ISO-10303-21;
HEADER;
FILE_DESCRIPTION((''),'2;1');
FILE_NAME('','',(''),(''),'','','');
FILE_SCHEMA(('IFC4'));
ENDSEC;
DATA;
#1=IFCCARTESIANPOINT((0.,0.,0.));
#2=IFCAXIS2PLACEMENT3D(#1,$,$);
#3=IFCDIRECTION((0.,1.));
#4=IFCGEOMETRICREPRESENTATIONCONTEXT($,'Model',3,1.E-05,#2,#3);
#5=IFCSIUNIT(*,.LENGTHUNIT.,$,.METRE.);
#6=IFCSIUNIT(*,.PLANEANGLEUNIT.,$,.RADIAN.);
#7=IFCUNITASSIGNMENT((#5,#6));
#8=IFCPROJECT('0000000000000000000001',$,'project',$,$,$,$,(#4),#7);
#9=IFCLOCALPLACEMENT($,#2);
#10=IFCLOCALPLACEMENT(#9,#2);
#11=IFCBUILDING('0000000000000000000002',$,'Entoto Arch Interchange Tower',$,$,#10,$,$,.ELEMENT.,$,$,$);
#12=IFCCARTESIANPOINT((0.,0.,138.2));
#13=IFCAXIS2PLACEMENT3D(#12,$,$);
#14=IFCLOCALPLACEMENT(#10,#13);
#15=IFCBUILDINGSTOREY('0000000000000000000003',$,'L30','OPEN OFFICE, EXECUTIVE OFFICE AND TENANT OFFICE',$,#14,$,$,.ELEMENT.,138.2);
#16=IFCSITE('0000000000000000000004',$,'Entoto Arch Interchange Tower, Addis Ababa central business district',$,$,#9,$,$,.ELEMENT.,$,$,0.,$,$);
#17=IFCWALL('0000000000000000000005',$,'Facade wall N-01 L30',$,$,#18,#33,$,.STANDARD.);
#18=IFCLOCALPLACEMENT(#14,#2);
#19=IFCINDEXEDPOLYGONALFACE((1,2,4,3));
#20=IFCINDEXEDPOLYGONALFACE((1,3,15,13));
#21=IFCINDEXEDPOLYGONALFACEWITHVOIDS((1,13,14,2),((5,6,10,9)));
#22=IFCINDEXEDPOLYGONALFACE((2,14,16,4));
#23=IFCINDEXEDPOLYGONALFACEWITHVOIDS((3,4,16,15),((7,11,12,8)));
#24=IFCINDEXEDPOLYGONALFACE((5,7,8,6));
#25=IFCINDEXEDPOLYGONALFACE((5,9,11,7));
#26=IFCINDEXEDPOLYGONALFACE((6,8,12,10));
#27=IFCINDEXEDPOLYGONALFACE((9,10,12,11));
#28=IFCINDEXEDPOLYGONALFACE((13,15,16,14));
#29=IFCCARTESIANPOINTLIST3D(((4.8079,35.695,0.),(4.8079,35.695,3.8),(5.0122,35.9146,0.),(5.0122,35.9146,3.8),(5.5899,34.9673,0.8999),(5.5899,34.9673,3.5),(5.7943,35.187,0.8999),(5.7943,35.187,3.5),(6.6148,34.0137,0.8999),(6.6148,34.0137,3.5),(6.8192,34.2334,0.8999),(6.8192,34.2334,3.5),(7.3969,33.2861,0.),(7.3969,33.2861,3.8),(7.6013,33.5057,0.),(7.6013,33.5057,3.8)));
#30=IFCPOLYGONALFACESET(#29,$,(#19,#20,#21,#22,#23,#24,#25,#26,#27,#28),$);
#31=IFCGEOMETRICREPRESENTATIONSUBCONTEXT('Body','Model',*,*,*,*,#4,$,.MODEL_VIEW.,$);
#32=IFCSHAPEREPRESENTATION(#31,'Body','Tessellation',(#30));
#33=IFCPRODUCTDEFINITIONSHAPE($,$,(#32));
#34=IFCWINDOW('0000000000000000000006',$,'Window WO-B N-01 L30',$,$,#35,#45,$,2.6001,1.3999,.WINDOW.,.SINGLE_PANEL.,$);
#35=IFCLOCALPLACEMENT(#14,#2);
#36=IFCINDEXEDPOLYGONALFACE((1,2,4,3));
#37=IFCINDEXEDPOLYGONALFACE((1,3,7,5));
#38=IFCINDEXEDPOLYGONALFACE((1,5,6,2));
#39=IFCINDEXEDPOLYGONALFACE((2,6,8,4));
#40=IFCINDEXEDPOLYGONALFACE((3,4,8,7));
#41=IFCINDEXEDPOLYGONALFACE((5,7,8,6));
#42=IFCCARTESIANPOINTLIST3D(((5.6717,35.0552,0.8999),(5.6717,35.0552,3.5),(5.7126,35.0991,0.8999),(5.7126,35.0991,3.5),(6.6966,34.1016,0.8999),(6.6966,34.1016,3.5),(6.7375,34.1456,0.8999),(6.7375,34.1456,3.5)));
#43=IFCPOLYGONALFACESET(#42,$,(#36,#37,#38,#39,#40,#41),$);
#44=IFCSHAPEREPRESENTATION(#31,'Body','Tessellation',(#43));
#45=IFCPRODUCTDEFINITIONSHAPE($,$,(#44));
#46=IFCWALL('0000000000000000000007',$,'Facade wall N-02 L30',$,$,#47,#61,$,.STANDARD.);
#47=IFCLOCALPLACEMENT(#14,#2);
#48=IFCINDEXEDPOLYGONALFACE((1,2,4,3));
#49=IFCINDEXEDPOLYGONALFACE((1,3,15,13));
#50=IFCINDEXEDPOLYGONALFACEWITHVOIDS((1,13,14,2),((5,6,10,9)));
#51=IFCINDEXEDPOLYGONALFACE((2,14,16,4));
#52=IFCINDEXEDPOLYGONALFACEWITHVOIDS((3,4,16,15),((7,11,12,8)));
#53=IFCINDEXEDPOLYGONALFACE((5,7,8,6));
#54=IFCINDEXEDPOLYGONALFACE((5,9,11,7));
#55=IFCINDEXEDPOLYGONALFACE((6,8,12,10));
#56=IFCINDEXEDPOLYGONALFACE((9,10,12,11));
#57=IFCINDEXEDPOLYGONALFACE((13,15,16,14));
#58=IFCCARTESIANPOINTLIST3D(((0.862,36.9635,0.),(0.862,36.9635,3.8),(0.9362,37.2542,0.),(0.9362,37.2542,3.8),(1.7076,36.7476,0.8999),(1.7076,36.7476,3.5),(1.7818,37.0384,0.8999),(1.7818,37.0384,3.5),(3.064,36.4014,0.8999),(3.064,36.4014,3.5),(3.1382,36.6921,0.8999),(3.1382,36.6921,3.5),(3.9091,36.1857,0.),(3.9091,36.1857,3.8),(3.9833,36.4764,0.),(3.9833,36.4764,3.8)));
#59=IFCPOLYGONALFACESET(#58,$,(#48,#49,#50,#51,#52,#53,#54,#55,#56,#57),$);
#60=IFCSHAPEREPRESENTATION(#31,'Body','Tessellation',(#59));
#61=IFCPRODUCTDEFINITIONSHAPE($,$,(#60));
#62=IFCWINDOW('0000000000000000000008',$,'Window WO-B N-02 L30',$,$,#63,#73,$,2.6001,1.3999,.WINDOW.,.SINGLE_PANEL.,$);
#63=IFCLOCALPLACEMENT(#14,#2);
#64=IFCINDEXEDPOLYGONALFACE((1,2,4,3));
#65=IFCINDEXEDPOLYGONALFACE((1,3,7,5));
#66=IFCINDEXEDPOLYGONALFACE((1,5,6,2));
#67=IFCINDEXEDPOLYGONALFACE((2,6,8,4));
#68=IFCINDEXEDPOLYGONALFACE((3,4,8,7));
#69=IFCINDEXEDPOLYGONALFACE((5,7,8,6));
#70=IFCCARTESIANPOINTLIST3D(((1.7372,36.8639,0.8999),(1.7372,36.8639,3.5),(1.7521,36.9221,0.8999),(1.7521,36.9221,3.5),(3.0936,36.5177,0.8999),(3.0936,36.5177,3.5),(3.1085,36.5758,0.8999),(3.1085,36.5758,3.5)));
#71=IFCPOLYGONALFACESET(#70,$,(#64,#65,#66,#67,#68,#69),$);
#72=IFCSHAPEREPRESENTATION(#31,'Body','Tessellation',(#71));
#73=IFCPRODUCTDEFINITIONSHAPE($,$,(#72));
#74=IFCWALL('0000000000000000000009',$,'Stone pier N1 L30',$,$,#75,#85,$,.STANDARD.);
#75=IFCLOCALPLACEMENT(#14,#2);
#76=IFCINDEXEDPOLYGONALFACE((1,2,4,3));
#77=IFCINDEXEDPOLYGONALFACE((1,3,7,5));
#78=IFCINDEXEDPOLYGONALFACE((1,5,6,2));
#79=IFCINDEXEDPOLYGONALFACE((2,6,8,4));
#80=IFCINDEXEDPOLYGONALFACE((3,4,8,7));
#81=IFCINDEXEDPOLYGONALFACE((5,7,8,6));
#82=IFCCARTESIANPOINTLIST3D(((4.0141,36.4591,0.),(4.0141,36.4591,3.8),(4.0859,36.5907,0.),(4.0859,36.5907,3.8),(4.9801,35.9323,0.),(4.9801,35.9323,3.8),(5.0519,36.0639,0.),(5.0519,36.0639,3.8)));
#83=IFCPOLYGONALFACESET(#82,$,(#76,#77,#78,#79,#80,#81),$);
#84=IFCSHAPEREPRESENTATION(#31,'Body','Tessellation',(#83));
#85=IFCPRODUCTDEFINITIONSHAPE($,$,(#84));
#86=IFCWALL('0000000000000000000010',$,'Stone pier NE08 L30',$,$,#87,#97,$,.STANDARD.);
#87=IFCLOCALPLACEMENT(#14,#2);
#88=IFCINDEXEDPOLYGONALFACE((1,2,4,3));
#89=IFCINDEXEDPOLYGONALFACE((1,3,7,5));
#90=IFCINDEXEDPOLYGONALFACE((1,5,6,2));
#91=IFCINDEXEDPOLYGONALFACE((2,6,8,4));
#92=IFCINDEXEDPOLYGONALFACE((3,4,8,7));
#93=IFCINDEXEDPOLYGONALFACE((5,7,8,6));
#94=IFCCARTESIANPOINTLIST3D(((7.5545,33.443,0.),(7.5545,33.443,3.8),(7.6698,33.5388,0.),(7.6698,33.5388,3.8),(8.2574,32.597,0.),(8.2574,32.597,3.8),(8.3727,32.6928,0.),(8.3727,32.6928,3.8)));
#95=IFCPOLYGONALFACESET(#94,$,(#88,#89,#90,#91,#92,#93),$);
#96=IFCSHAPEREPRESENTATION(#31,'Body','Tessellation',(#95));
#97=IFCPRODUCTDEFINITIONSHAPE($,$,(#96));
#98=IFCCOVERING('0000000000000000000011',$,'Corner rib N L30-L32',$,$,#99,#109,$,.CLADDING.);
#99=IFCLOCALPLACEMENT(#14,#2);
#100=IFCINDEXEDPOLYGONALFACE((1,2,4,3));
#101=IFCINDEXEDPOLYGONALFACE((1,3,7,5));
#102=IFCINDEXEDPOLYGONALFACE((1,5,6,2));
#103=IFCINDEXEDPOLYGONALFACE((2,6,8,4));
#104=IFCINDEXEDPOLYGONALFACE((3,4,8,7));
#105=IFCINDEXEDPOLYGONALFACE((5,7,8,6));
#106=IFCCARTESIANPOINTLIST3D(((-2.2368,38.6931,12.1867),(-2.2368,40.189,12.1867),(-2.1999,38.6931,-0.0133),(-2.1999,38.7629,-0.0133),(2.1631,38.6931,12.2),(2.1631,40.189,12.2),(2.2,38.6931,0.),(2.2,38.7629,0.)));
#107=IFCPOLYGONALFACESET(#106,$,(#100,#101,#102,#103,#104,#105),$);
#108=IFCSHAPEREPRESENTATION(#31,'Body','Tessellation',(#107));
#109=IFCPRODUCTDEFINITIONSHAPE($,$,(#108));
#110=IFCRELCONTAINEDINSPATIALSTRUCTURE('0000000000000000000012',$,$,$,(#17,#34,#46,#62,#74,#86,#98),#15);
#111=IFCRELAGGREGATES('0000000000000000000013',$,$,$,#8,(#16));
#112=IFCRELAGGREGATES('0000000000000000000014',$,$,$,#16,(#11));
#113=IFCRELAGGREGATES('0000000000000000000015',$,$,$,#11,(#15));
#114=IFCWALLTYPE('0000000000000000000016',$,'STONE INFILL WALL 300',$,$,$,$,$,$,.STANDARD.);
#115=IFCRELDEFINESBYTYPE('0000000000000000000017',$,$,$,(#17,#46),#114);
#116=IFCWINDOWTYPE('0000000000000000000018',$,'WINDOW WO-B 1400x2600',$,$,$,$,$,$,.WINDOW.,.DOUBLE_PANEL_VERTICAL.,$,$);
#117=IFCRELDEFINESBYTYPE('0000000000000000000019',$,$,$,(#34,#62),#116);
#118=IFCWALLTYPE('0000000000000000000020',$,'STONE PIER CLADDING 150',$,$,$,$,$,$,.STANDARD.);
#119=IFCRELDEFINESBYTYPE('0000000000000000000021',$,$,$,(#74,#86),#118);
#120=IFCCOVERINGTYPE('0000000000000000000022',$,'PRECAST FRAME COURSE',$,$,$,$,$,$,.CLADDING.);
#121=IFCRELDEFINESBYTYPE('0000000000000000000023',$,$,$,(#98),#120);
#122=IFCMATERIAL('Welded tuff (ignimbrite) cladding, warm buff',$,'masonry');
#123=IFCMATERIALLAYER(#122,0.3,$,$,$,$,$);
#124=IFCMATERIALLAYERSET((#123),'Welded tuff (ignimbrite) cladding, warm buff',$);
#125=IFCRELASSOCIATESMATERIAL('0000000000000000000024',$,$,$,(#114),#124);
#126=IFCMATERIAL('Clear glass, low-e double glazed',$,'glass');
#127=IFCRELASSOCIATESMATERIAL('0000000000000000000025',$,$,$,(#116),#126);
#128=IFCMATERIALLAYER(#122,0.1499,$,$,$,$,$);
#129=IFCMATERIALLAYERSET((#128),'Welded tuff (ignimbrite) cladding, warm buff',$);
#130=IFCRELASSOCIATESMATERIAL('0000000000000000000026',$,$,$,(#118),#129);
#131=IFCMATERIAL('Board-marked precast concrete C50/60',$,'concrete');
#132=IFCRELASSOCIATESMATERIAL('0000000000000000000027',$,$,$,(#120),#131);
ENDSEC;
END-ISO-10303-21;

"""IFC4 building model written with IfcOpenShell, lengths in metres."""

from ifc_helpers import new_model, si_unit, direction, frame, frame_2d, origin, place, context, subcontext, project, spatial, polyline, rectangle, outline, extrude, material, layer, layer_set, type_object, element, fill, save


model = new_model("IFC4")

# Units and contexts
model_context = context("Model", 3, precision=1e-05, world=origin(), true_north=direction((0.0, 1.0)))
body_context = subcontext(model_context, "Body", "Model", "MODEL_VIEW")
ifc_project = project(units=[si_unit("LENGTHUNIT", "METRE"), si_unit("PLANEANGLEUNIT", "RADIAN")], contexts=[model_context])

# Site, building, storey
site_placement = place(None, origin())
site = spatial("IfcSite", under=ifc_project, at=site_placement, Name="Entoto Arch Interchange Tower, Addis Ababa central business district", CompositionType="ELEMENT", RefElevation=0.0)
building_placement = place(site_placement, origin())
building = spatial("IfcBuilding", under=site, at=building_placement, Name="Entoto Arch Interchange Tower", CompositionType="ELEMENT")
storey_placement = place(building_placement, frame((0.0, 0.0, 138.2)))
storey = spatial("IfcBuildingStorey", under=building, at=storey_placement, Name="L30", Description="OPEN OFFICE, EXECUTIVE OFFICE AND TENANT OFFICE", CompositionType="ELEMENT", Elevation=138.2)

# Shared definitions
ifc_material_1 = material(Name="Board-marked precast concrete C50/60", Category="concrete")

# Shared definitions
ifc_material_2 = material(Name="Welded tuff (ignimbrite) cladding, warm buff", Category="masonry")
ifc_layer_1 = layer(ifc_material_2, 0.3)
ifc_layer_set_1 = layer_set([ifc_layer_1], Name="Welded tuff (ignimbrite) cladding, warm buff")
wall_type_1 = type_object("IfcWallType", Name="STONE INFILL WALL 300", PredefinedType="STANDARD", material=ifc_layer_set_1)
ifc_material_3 = material(Name="Clear glass, low-e double glazed", Category="glass")

# Walls, openings, windows
wall_1_placement = place(storey_placement, frame((7.499, 33.396, 0.0), z_axis=(0.0, 0.0, 1.0), x_axis=(-0.732122, 0.681174, 0.0)))
wall_1 = element("IfcWall", 1, at=wall_1_placement, inside=storey, type_object=wall_type_1, Name="Facade wall N-01 L30", PredefinedType="STANDARD", context=body_context, shape_type="SweptSolid", body=[
    extrude(rectangle(XDim=3.5364, YDim=0.3, at=frame_2d((1.7681, 0.0))), origin(), (0.0, 0.0, 1.0), 3.8),
])
opening_1_placement = place(wall_1_placement, frame((1.0681, 0.0, 0.8999)))
opening_1 = element("IfcOpeningElement", 2, at=opening_1_placement, cuts=wall_1, PredefinedType="OPENING", context=body_context, shape_type="SweptSolid", body=[
    extrude(rectangle(XDim=1.3999, YDim=2.6001, at=frame_2d((0.7, 1.3))), frame((0.0, 0.1602, 0.0), z_axis=(0.0, -1.0, 0.0), x_axis=(1.0, 0.0, 0.0)), (0.0, 0.0, 1.0), 0.3201),
])
window_type_1 = type_object("IfcWindowType", Name="WINDOW WO-B 1400x2600", PartitioningType="DOUBLE_PANEL_VERTICAL", PredefinedType="WINDOW", material=ifc_material_3)
window_1_placement = place(opening_1_placement, origin())
window_1 = element("IfcWindow", 3, at=window_1_placement, inside=storey, type_object=window_type_1, Name="Window WO-B N-01 L30", OverallHeight=2.6001, OverallWidth=1.3999, PartitioningType="SINGLE_PANEL", PredefinedType="WINDOW", context=body_context, shape_type="SweptSolid", body=[
    extrude(rectangle(XDim=1.3999, YDim=2.6001, at=frame_2d((0.7, 1.3))), frame((0.0, 0.03, 0.0), z_axis=(0.0, -1.0, 0.0), x_axis=(1.0, 0.0, 0.0)), (0.0, 0.0, 1.0), 0.0601),
])
fill(opening_1, window_1)
wall_2_placement = place(storey_placement, frame((3.946, 36.3311, 0.0), z_axis=(0.0, 0.0, 1.0), x_axis=(-0.96893, 0.247337, 0.0)))
wall_2 = element("IfcWall", 4, at=wall_2_placement, inside=storey, type_object=wall_type_1, Name="Facade wall N-02 L30", PredefinedType="STANDARD", context=body_context, shape_type="SweptSolid", body=[
    extrude(rectangle(XDim=3.1448, YDim=0.3, at=frame_2d((1.5723, 0.0))), origin(), (0.0, 0.0, 1.0), 3.8),
])
opening_2_placement = place(wall_2_placement, frame((0.8721, 0.0, 0.8999)))
opening_2 = element("IfcOpeningElement", 5, at=opening_2_placement, cuts=wall_2, PredefinedType="OPENING", context=body_context, shape_type="SweptSolid", body=[
    extrude(rectangle(XDim=1.3999, YDim=2.6001, at=frame_2d((0.7, 1.3))), frame((0.0, 0.1602, 0.0), z_axis=(0.0, -1.0, 0.0), x_axis=(1.0, 0.0, 0.0)), (0.0, 0.0, 1.0), 0.3201),
])
window_2_placement = place(opening_2_placement, origin())
window_2 = element("IfcWindow", 6, at=window_2_placement, inside=storey, type_object=window_type_1, Name="Window WO-B N-02 L30", OverallHeight=2.6001, OverallWidth=1.3999, PartitioningType="SINGLE_PANEL", PredefinedType="WINDOW", context=body_context, shape_type="SweptSolid", body=[
    extrude(rectangle(XDim=1.3999, YDim=2.6001, at=frame_2d((0.7, 1.3))), frame((0.0, 0.03, 0.0), z_axis=(0.0, -1.0, 0.0), x_axis=(1.0, 0.0, 0.0)), (0.0, 0.0, 1.0), 0.0601),
])
fill(opening_2, window_2)

# Walls
ifc_layer_2 = layer(ifc_material_2, 0.1499)
ifc_layer_set_2 = layer_set([ifc_layer_2], Name="Welded tuff (ignimbrite) cladding, warm buff")
wall_type_2 = type_object("IfcWallType", Name="STONE PIER CLADDING 150", PredefinedType="STANDARD", material=ifc_layer_set_2)
wall_3_placement = place(storey_placement, frame((5.0161, 35.998, 0.0), z_axis=(0.0, 0.0, 1.0), x_axis=(-0.877929, 0.47879, 0.0)))
element("IfcWall", 7, at=wall_3_placement, inside=storey, type_object=wall_type_2, Name="Stone pier N1 L30", PredefinedType="STANDARD", context=body_context, shape_type="SweptSolid", body=[
    extrude(rectangle(XDim=1.1003, YDim=0.1499, at=frame_2d((0.5503, 0.0))), origin(), (0.0, 0.0, 1.0), 3.8),
])
wall_4_placement = place(storey_placement, frame((8.3149, 32.645, 0.0), z_axis=(0.0, 0.0, 1.0), x_axis=(-0.63907, 0.769148, 0.0)))
element("IfcWall", 8, at=wall_4_placement, inside=storey, type_object=wall_type_2, Name="Stone pier NE08 L30", PredefinedType="STANDARD", context=body_context, shape_type="SweptSolid", body=[
    extrude(rectangle(XDim=1.0999, YDim=0.1499, at=frame_2d((0.5498, 0.0))), origin(), (0.0, 0.0, 1.0), 3.8),
])

# Covering
covering_type = type_object("IfcCoveringType", Name="PRECAST FRAME COURSE", PredefinedType="CLADDING", material=ifc_material_1)
covering_placement = place(storey_placement, frame((2.2, 38.6931, 0.0), z_axis=(0.999995, 0.0, 0.003022), x_axis=(0.0, 1.0, 0.0)))
element("IfcCovering", 9, at=covering_placement, inside=storey, type_object=covering_type, Name="Corner rib N L30-L32", PredefinedType="CLADDING", context=body_context, shape_type="SweptSolid", body=[
    extrude(outline(polyline([(0.0, 0.0), (0.0698, 0.0), (1.4958, 12.2), (0.0, 12.2), (0.0, 0.0)])), origin(), (0.0, 0.0, -1.0), 4.3999),
])

save(model, "model.ifc")
